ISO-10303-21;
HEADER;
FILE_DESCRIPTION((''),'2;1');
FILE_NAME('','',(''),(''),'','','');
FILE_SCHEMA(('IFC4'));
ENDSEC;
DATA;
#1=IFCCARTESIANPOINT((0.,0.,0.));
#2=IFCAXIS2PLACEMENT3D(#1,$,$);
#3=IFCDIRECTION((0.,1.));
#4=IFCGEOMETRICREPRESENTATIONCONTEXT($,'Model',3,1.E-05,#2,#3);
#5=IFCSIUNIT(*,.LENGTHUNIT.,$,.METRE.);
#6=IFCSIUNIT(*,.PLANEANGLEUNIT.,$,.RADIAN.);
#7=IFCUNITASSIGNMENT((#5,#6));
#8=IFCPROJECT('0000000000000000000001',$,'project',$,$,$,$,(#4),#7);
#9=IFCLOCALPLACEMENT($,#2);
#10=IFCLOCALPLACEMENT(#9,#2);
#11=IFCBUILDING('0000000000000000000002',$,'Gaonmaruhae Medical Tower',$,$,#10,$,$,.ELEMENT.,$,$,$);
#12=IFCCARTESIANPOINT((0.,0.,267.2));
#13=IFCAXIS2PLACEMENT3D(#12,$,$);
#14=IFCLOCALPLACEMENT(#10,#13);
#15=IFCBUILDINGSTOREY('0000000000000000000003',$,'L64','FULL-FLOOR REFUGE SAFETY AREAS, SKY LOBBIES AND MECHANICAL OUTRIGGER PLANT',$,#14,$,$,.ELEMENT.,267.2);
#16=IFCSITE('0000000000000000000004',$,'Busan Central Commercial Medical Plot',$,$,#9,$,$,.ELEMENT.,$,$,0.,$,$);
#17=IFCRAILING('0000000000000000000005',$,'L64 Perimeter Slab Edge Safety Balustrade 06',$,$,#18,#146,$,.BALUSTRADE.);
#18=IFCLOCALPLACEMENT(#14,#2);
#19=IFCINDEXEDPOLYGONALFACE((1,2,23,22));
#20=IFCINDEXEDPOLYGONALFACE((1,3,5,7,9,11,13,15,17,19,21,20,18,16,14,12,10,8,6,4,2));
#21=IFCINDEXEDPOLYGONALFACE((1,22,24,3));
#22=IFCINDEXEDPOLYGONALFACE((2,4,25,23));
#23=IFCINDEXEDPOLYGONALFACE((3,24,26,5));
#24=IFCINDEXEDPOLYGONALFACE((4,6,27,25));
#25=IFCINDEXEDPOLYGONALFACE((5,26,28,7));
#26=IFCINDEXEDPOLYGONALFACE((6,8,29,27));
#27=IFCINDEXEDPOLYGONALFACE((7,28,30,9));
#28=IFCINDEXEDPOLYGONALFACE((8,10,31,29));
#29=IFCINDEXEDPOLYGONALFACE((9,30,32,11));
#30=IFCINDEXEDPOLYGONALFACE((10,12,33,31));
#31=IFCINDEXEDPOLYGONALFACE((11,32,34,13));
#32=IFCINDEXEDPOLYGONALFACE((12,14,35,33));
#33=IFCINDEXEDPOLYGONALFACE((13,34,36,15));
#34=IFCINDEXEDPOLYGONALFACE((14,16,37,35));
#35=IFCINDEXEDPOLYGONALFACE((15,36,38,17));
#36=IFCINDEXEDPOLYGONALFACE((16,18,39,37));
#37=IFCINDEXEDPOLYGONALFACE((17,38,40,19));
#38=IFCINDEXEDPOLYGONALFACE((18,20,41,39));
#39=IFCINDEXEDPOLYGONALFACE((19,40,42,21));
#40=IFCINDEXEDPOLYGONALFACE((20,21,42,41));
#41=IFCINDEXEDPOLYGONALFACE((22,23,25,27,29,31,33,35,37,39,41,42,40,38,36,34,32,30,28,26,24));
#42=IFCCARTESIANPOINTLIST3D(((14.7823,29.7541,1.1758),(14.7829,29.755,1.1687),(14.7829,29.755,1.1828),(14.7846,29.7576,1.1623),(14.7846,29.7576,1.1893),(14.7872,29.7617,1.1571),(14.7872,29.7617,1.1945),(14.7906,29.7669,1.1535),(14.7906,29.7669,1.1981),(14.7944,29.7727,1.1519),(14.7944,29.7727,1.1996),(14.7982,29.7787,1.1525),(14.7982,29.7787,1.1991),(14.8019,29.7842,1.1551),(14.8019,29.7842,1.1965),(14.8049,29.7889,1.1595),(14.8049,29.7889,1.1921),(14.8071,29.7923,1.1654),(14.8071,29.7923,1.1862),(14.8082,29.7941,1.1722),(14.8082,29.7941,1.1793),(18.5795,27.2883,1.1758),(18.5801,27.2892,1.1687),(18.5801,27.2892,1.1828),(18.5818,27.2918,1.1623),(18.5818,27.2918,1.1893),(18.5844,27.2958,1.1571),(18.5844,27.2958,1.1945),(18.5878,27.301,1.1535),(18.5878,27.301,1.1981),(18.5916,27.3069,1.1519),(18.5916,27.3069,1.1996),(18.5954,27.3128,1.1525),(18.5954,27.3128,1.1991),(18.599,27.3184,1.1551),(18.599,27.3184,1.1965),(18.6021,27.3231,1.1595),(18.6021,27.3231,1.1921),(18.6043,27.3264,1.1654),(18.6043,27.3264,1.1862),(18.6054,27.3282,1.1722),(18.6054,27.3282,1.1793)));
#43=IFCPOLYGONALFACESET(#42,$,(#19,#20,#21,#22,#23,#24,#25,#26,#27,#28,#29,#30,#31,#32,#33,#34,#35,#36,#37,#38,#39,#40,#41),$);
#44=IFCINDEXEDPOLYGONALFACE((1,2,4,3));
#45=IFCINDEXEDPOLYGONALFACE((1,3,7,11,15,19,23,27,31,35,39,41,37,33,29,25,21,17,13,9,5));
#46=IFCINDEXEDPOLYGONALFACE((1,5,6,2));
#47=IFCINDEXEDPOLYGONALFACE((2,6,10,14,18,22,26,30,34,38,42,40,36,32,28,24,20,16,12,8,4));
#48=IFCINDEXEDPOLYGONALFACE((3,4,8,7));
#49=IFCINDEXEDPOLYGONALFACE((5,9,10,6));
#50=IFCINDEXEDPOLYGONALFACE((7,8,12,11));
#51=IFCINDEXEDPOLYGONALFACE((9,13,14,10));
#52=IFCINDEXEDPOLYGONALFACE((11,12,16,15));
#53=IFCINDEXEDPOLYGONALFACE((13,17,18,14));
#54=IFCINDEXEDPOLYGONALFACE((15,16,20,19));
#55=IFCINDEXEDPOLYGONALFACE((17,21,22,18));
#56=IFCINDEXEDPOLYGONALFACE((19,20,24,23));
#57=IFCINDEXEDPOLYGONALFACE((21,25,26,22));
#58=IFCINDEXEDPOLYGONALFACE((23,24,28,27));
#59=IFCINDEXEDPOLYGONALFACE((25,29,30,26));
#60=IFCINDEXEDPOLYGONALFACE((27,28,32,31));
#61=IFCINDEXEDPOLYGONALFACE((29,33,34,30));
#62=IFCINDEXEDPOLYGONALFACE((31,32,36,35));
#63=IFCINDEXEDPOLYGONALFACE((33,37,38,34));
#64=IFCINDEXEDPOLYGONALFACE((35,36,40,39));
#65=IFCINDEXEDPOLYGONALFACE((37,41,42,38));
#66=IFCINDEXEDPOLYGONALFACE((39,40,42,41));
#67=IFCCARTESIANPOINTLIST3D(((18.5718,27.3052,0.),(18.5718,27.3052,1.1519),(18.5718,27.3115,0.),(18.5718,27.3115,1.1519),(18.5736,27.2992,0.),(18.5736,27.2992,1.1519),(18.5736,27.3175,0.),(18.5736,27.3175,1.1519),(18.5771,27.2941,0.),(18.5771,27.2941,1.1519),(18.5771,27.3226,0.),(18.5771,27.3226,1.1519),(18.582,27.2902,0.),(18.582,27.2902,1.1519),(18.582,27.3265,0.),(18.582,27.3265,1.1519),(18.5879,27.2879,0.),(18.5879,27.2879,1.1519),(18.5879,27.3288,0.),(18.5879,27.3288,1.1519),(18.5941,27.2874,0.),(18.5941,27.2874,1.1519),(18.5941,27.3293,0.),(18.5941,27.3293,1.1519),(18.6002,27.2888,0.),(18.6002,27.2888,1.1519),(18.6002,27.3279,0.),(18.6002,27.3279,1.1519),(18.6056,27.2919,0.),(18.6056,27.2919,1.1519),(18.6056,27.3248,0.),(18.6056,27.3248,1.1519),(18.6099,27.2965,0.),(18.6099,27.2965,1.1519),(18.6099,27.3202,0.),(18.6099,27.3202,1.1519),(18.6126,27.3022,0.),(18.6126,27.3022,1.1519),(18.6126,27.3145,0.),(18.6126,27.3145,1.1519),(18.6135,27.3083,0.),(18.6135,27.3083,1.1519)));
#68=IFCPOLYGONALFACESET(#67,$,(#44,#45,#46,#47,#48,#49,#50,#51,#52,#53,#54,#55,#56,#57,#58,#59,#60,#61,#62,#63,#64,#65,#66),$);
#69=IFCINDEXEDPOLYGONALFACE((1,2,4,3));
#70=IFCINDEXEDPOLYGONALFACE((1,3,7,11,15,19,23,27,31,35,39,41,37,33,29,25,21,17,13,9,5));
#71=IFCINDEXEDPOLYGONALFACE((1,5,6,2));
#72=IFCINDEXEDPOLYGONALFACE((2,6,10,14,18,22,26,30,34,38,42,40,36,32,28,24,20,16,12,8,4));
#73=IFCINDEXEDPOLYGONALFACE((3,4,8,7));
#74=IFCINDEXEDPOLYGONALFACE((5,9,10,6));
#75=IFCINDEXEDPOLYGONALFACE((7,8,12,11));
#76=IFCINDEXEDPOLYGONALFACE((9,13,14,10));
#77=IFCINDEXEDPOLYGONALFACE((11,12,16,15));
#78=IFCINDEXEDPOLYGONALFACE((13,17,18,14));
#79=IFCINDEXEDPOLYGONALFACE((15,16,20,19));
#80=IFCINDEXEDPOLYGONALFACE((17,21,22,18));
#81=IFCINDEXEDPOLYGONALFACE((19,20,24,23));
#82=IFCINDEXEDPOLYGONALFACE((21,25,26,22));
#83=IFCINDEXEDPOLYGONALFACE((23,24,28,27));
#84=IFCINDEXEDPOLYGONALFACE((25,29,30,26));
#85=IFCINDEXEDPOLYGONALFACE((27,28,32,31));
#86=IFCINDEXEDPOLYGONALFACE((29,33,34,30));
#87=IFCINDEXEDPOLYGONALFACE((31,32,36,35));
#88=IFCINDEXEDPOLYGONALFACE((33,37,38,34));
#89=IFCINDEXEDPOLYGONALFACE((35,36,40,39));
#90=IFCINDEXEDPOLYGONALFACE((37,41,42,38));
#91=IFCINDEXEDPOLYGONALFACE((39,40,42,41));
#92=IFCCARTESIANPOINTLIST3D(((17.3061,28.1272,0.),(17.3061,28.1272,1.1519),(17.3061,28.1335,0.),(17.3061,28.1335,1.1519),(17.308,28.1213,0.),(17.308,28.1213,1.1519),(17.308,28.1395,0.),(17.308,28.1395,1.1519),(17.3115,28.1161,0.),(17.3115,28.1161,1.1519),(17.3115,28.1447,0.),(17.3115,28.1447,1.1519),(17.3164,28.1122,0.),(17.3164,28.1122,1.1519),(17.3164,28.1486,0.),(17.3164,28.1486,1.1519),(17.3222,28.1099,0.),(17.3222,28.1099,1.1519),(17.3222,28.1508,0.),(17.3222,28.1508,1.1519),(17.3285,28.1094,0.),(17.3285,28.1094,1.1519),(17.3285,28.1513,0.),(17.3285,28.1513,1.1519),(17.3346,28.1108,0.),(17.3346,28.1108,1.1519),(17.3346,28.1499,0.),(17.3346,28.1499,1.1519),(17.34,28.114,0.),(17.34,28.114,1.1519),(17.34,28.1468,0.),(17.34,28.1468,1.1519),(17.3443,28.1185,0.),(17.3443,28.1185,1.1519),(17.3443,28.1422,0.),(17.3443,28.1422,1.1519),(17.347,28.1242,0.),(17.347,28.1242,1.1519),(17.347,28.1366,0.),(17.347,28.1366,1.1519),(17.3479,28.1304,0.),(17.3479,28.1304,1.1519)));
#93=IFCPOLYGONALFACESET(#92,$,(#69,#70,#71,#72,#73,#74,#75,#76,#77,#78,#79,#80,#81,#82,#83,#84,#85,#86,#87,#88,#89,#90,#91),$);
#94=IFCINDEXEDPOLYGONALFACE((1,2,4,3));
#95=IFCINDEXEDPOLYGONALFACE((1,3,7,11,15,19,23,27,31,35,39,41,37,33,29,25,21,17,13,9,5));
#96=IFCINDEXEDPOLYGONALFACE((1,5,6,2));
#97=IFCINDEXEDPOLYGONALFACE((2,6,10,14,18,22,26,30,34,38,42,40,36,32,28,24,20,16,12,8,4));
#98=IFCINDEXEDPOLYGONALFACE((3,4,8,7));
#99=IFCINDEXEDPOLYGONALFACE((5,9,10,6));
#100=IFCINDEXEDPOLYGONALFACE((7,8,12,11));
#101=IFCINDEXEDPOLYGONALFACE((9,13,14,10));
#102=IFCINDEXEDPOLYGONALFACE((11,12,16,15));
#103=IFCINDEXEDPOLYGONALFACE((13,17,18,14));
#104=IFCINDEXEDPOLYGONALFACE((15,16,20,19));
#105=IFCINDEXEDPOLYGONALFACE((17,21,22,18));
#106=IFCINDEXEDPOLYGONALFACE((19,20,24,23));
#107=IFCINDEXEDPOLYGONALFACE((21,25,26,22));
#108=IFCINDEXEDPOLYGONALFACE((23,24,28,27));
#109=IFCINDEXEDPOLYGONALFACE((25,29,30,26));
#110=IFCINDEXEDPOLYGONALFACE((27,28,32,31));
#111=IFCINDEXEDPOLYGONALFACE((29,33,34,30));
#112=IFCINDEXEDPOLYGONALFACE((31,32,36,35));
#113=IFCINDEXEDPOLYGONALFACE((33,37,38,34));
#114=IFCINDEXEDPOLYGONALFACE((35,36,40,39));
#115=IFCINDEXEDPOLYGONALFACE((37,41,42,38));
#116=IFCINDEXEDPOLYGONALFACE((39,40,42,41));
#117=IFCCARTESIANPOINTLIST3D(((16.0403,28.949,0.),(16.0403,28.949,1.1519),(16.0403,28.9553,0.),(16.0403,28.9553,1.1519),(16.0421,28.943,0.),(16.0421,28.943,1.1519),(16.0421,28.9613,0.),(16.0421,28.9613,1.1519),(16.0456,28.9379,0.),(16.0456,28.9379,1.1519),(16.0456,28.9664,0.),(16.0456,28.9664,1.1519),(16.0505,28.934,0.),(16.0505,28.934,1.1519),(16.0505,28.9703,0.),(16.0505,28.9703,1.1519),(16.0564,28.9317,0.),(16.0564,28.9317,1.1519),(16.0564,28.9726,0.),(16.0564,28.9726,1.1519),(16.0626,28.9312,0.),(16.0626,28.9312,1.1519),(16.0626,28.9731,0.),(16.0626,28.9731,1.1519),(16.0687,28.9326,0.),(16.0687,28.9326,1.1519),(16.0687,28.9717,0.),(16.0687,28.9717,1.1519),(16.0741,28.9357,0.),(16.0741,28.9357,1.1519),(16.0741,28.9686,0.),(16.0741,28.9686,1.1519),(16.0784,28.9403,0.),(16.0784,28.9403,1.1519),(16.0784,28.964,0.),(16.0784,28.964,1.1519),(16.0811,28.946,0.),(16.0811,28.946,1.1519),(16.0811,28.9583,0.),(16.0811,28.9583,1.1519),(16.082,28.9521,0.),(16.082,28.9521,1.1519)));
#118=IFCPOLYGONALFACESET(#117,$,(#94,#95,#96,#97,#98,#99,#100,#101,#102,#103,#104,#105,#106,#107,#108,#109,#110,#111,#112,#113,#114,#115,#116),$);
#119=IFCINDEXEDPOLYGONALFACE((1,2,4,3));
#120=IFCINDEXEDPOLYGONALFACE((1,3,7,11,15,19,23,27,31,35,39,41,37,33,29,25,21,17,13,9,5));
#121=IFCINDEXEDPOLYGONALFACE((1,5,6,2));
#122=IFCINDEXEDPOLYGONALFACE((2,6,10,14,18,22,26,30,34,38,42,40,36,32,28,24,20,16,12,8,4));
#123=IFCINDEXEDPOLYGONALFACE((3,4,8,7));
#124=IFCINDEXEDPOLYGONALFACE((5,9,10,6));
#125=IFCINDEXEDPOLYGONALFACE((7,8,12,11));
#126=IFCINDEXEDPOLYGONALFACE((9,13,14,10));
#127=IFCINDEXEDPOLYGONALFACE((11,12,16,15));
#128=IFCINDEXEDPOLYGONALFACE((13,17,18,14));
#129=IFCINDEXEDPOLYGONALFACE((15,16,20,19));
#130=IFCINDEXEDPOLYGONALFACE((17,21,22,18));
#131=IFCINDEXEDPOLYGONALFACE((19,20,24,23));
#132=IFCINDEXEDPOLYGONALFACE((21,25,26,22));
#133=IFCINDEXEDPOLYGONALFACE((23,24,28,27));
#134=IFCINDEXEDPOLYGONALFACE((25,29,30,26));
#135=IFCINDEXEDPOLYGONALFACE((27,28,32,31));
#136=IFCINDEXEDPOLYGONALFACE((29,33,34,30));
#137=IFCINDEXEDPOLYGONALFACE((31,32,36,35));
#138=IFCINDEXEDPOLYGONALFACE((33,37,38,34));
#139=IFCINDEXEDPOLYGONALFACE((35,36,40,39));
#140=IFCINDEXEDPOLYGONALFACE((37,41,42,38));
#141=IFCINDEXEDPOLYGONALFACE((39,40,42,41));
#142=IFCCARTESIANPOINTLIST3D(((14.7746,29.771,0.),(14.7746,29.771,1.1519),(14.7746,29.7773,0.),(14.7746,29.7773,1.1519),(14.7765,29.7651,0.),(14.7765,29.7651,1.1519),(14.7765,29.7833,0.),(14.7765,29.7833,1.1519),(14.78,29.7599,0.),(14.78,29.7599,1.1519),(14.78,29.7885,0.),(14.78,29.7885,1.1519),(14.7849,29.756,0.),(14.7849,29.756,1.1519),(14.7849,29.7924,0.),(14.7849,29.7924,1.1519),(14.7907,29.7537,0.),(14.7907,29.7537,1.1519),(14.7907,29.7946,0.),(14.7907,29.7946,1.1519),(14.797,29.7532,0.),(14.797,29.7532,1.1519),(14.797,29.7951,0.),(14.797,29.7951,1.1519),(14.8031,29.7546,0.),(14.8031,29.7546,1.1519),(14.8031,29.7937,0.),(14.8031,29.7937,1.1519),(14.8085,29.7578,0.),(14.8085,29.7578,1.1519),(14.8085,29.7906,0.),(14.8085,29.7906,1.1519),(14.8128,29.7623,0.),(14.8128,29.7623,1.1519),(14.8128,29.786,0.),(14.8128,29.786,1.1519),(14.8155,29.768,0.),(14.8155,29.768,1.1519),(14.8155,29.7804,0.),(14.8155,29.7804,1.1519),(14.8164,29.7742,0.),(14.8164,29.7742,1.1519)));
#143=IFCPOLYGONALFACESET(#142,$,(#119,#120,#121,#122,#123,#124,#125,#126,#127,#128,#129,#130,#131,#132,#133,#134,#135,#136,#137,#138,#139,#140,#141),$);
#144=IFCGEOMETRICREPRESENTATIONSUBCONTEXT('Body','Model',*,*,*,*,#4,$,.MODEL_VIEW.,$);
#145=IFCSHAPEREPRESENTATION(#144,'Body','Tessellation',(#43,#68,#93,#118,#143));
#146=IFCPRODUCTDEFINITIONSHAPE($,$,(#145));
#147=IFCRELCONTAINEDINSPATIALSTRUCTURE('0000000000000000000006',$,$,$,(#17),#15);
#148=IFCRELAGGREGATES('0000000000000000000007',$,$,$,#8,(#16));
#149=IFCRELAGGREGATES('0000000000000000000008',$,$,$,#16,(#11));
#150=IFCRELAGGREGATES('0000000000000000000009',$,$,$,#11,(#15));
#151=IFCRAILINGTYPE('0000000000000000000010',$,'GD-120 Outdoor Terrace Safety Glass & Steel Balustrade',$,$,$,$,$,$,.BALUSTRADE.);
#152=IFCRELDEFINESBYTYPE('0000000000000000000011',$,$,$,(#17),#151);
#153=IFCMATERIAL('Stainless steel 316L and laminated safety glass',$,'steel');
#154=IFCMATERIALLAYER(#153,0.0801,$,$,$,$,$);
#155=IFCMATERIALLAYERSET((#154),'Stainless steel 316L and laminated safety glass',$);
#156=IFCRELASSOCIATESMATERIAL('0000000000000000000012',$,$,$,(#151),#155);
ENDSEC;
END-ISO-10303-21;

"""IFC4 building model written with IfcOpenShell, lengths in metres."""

from ifc_helpers import new_model, si_unit, direction, frame, origin, origin_2d, place, context, subcontext, project, spatial, circle, extrude, material, layer, layer_set, type_object, element, save


model = new_model("IFC4")

# Units and contexts
model_context = context("Model", 3, precision=1e-05, world=origin(), true_north=direction((0.0, 1.0)))
body_context = subcontext(model_context, "Body", "Model", "MODEL_VIEW")
ifc_project = project(units=[si_unit("LENGTHUNIT", "METRE"), si_unit("PLANEANGLEUNIT", "RADIAN")], contexts=[model_context])

# Site, building, storey
site_placement = place(None, origin())
site = spatial("IfcSite", under=ifc_project, at=site_placement, Name="Busan Central Commercial Medical Plot", CompositionType="ELEMENT", RefElevation=0.0)
building_placement = place(site_placement, origin())
building = spatial("IfcBuilding", under=site, at=building_placement, Name="Gaonmaruhae Medical Tower", CompositionType="ELEMENT")
storey_placement = place(building_placement, frame((0.0, 0.0, 267.2)))
storey = spatial("IfcBuildingStorey", under=building, at=storey_placement, Name="L64", Description="FULL-FLOOR REFUGE SAFETY AREAS, SKY LOBBIES AND MECHANICAL OUTRIGGER PLANT", CompositionType="ELEMENT", Elevation=267.2)

# Railing
ifc_material_1 = material(Name="Stainless steel 316L and laminated safety glass", Category="steel")
ifc_layer_1 = layer(ifc_material_1, 0.0801)
ifc_layer_set_1 = layer_set([ifc_layer_1], Name="Stainless steel 316L and laminated safety glass")
railing_type = type_object("IfcRailingType", Name="GD-120 Outdoor Terrace Safety Glass & Steel Balustrade", PredefinedType="BALUSTRADE", material=ifc_layer_set_1)
railing_1_placement = place(storey_placement, frame((18.5925, 27.3083, 0.0)))
element("IfcRailing", 1, at=railing_1_placement, inside=storey, type_object=railing_type, Name="L64 Perimeter Slab Edge Safety Balustrade 06", PredefinedType="BALUSTRADE", context=body_context, shape_type="SweptSolid", body=[
    extrude(circle(Radius=0.0239, at=origin_2d()), frame((0.0, 0.0, 1.1758), z_axis=(-0.838676, 0.54463, 0.0), x_axis=(-0.54463, -0.838676, 0.0)), (0.0, 0.0, 1.0), 4.5276),
    extrude(circle(Radius=0.021, at=origin_2d()), origin(), (0.0, 0.0, 1.0), 1.1519),
    extrude(circle(Radius=0.021, at=origin_2d()), frame((-1.2656, 0.822, 0.0)), (0.0, 0.0, 1.0), 1.1519),
    extrude(circle(Radius=0.021, at=origin_2d()), frame((-2.5315, 1.6438, 0.0)), (0.0, 0.0, 1.0), 1.1519),
    extrude(circle(Radius=0.021, at=origin_2d()), frame((-3.7971, 2.4658, 0.0)), (0.0, 0.0, 1.0), 1.1519),
])

save(model, "model.ifc")
